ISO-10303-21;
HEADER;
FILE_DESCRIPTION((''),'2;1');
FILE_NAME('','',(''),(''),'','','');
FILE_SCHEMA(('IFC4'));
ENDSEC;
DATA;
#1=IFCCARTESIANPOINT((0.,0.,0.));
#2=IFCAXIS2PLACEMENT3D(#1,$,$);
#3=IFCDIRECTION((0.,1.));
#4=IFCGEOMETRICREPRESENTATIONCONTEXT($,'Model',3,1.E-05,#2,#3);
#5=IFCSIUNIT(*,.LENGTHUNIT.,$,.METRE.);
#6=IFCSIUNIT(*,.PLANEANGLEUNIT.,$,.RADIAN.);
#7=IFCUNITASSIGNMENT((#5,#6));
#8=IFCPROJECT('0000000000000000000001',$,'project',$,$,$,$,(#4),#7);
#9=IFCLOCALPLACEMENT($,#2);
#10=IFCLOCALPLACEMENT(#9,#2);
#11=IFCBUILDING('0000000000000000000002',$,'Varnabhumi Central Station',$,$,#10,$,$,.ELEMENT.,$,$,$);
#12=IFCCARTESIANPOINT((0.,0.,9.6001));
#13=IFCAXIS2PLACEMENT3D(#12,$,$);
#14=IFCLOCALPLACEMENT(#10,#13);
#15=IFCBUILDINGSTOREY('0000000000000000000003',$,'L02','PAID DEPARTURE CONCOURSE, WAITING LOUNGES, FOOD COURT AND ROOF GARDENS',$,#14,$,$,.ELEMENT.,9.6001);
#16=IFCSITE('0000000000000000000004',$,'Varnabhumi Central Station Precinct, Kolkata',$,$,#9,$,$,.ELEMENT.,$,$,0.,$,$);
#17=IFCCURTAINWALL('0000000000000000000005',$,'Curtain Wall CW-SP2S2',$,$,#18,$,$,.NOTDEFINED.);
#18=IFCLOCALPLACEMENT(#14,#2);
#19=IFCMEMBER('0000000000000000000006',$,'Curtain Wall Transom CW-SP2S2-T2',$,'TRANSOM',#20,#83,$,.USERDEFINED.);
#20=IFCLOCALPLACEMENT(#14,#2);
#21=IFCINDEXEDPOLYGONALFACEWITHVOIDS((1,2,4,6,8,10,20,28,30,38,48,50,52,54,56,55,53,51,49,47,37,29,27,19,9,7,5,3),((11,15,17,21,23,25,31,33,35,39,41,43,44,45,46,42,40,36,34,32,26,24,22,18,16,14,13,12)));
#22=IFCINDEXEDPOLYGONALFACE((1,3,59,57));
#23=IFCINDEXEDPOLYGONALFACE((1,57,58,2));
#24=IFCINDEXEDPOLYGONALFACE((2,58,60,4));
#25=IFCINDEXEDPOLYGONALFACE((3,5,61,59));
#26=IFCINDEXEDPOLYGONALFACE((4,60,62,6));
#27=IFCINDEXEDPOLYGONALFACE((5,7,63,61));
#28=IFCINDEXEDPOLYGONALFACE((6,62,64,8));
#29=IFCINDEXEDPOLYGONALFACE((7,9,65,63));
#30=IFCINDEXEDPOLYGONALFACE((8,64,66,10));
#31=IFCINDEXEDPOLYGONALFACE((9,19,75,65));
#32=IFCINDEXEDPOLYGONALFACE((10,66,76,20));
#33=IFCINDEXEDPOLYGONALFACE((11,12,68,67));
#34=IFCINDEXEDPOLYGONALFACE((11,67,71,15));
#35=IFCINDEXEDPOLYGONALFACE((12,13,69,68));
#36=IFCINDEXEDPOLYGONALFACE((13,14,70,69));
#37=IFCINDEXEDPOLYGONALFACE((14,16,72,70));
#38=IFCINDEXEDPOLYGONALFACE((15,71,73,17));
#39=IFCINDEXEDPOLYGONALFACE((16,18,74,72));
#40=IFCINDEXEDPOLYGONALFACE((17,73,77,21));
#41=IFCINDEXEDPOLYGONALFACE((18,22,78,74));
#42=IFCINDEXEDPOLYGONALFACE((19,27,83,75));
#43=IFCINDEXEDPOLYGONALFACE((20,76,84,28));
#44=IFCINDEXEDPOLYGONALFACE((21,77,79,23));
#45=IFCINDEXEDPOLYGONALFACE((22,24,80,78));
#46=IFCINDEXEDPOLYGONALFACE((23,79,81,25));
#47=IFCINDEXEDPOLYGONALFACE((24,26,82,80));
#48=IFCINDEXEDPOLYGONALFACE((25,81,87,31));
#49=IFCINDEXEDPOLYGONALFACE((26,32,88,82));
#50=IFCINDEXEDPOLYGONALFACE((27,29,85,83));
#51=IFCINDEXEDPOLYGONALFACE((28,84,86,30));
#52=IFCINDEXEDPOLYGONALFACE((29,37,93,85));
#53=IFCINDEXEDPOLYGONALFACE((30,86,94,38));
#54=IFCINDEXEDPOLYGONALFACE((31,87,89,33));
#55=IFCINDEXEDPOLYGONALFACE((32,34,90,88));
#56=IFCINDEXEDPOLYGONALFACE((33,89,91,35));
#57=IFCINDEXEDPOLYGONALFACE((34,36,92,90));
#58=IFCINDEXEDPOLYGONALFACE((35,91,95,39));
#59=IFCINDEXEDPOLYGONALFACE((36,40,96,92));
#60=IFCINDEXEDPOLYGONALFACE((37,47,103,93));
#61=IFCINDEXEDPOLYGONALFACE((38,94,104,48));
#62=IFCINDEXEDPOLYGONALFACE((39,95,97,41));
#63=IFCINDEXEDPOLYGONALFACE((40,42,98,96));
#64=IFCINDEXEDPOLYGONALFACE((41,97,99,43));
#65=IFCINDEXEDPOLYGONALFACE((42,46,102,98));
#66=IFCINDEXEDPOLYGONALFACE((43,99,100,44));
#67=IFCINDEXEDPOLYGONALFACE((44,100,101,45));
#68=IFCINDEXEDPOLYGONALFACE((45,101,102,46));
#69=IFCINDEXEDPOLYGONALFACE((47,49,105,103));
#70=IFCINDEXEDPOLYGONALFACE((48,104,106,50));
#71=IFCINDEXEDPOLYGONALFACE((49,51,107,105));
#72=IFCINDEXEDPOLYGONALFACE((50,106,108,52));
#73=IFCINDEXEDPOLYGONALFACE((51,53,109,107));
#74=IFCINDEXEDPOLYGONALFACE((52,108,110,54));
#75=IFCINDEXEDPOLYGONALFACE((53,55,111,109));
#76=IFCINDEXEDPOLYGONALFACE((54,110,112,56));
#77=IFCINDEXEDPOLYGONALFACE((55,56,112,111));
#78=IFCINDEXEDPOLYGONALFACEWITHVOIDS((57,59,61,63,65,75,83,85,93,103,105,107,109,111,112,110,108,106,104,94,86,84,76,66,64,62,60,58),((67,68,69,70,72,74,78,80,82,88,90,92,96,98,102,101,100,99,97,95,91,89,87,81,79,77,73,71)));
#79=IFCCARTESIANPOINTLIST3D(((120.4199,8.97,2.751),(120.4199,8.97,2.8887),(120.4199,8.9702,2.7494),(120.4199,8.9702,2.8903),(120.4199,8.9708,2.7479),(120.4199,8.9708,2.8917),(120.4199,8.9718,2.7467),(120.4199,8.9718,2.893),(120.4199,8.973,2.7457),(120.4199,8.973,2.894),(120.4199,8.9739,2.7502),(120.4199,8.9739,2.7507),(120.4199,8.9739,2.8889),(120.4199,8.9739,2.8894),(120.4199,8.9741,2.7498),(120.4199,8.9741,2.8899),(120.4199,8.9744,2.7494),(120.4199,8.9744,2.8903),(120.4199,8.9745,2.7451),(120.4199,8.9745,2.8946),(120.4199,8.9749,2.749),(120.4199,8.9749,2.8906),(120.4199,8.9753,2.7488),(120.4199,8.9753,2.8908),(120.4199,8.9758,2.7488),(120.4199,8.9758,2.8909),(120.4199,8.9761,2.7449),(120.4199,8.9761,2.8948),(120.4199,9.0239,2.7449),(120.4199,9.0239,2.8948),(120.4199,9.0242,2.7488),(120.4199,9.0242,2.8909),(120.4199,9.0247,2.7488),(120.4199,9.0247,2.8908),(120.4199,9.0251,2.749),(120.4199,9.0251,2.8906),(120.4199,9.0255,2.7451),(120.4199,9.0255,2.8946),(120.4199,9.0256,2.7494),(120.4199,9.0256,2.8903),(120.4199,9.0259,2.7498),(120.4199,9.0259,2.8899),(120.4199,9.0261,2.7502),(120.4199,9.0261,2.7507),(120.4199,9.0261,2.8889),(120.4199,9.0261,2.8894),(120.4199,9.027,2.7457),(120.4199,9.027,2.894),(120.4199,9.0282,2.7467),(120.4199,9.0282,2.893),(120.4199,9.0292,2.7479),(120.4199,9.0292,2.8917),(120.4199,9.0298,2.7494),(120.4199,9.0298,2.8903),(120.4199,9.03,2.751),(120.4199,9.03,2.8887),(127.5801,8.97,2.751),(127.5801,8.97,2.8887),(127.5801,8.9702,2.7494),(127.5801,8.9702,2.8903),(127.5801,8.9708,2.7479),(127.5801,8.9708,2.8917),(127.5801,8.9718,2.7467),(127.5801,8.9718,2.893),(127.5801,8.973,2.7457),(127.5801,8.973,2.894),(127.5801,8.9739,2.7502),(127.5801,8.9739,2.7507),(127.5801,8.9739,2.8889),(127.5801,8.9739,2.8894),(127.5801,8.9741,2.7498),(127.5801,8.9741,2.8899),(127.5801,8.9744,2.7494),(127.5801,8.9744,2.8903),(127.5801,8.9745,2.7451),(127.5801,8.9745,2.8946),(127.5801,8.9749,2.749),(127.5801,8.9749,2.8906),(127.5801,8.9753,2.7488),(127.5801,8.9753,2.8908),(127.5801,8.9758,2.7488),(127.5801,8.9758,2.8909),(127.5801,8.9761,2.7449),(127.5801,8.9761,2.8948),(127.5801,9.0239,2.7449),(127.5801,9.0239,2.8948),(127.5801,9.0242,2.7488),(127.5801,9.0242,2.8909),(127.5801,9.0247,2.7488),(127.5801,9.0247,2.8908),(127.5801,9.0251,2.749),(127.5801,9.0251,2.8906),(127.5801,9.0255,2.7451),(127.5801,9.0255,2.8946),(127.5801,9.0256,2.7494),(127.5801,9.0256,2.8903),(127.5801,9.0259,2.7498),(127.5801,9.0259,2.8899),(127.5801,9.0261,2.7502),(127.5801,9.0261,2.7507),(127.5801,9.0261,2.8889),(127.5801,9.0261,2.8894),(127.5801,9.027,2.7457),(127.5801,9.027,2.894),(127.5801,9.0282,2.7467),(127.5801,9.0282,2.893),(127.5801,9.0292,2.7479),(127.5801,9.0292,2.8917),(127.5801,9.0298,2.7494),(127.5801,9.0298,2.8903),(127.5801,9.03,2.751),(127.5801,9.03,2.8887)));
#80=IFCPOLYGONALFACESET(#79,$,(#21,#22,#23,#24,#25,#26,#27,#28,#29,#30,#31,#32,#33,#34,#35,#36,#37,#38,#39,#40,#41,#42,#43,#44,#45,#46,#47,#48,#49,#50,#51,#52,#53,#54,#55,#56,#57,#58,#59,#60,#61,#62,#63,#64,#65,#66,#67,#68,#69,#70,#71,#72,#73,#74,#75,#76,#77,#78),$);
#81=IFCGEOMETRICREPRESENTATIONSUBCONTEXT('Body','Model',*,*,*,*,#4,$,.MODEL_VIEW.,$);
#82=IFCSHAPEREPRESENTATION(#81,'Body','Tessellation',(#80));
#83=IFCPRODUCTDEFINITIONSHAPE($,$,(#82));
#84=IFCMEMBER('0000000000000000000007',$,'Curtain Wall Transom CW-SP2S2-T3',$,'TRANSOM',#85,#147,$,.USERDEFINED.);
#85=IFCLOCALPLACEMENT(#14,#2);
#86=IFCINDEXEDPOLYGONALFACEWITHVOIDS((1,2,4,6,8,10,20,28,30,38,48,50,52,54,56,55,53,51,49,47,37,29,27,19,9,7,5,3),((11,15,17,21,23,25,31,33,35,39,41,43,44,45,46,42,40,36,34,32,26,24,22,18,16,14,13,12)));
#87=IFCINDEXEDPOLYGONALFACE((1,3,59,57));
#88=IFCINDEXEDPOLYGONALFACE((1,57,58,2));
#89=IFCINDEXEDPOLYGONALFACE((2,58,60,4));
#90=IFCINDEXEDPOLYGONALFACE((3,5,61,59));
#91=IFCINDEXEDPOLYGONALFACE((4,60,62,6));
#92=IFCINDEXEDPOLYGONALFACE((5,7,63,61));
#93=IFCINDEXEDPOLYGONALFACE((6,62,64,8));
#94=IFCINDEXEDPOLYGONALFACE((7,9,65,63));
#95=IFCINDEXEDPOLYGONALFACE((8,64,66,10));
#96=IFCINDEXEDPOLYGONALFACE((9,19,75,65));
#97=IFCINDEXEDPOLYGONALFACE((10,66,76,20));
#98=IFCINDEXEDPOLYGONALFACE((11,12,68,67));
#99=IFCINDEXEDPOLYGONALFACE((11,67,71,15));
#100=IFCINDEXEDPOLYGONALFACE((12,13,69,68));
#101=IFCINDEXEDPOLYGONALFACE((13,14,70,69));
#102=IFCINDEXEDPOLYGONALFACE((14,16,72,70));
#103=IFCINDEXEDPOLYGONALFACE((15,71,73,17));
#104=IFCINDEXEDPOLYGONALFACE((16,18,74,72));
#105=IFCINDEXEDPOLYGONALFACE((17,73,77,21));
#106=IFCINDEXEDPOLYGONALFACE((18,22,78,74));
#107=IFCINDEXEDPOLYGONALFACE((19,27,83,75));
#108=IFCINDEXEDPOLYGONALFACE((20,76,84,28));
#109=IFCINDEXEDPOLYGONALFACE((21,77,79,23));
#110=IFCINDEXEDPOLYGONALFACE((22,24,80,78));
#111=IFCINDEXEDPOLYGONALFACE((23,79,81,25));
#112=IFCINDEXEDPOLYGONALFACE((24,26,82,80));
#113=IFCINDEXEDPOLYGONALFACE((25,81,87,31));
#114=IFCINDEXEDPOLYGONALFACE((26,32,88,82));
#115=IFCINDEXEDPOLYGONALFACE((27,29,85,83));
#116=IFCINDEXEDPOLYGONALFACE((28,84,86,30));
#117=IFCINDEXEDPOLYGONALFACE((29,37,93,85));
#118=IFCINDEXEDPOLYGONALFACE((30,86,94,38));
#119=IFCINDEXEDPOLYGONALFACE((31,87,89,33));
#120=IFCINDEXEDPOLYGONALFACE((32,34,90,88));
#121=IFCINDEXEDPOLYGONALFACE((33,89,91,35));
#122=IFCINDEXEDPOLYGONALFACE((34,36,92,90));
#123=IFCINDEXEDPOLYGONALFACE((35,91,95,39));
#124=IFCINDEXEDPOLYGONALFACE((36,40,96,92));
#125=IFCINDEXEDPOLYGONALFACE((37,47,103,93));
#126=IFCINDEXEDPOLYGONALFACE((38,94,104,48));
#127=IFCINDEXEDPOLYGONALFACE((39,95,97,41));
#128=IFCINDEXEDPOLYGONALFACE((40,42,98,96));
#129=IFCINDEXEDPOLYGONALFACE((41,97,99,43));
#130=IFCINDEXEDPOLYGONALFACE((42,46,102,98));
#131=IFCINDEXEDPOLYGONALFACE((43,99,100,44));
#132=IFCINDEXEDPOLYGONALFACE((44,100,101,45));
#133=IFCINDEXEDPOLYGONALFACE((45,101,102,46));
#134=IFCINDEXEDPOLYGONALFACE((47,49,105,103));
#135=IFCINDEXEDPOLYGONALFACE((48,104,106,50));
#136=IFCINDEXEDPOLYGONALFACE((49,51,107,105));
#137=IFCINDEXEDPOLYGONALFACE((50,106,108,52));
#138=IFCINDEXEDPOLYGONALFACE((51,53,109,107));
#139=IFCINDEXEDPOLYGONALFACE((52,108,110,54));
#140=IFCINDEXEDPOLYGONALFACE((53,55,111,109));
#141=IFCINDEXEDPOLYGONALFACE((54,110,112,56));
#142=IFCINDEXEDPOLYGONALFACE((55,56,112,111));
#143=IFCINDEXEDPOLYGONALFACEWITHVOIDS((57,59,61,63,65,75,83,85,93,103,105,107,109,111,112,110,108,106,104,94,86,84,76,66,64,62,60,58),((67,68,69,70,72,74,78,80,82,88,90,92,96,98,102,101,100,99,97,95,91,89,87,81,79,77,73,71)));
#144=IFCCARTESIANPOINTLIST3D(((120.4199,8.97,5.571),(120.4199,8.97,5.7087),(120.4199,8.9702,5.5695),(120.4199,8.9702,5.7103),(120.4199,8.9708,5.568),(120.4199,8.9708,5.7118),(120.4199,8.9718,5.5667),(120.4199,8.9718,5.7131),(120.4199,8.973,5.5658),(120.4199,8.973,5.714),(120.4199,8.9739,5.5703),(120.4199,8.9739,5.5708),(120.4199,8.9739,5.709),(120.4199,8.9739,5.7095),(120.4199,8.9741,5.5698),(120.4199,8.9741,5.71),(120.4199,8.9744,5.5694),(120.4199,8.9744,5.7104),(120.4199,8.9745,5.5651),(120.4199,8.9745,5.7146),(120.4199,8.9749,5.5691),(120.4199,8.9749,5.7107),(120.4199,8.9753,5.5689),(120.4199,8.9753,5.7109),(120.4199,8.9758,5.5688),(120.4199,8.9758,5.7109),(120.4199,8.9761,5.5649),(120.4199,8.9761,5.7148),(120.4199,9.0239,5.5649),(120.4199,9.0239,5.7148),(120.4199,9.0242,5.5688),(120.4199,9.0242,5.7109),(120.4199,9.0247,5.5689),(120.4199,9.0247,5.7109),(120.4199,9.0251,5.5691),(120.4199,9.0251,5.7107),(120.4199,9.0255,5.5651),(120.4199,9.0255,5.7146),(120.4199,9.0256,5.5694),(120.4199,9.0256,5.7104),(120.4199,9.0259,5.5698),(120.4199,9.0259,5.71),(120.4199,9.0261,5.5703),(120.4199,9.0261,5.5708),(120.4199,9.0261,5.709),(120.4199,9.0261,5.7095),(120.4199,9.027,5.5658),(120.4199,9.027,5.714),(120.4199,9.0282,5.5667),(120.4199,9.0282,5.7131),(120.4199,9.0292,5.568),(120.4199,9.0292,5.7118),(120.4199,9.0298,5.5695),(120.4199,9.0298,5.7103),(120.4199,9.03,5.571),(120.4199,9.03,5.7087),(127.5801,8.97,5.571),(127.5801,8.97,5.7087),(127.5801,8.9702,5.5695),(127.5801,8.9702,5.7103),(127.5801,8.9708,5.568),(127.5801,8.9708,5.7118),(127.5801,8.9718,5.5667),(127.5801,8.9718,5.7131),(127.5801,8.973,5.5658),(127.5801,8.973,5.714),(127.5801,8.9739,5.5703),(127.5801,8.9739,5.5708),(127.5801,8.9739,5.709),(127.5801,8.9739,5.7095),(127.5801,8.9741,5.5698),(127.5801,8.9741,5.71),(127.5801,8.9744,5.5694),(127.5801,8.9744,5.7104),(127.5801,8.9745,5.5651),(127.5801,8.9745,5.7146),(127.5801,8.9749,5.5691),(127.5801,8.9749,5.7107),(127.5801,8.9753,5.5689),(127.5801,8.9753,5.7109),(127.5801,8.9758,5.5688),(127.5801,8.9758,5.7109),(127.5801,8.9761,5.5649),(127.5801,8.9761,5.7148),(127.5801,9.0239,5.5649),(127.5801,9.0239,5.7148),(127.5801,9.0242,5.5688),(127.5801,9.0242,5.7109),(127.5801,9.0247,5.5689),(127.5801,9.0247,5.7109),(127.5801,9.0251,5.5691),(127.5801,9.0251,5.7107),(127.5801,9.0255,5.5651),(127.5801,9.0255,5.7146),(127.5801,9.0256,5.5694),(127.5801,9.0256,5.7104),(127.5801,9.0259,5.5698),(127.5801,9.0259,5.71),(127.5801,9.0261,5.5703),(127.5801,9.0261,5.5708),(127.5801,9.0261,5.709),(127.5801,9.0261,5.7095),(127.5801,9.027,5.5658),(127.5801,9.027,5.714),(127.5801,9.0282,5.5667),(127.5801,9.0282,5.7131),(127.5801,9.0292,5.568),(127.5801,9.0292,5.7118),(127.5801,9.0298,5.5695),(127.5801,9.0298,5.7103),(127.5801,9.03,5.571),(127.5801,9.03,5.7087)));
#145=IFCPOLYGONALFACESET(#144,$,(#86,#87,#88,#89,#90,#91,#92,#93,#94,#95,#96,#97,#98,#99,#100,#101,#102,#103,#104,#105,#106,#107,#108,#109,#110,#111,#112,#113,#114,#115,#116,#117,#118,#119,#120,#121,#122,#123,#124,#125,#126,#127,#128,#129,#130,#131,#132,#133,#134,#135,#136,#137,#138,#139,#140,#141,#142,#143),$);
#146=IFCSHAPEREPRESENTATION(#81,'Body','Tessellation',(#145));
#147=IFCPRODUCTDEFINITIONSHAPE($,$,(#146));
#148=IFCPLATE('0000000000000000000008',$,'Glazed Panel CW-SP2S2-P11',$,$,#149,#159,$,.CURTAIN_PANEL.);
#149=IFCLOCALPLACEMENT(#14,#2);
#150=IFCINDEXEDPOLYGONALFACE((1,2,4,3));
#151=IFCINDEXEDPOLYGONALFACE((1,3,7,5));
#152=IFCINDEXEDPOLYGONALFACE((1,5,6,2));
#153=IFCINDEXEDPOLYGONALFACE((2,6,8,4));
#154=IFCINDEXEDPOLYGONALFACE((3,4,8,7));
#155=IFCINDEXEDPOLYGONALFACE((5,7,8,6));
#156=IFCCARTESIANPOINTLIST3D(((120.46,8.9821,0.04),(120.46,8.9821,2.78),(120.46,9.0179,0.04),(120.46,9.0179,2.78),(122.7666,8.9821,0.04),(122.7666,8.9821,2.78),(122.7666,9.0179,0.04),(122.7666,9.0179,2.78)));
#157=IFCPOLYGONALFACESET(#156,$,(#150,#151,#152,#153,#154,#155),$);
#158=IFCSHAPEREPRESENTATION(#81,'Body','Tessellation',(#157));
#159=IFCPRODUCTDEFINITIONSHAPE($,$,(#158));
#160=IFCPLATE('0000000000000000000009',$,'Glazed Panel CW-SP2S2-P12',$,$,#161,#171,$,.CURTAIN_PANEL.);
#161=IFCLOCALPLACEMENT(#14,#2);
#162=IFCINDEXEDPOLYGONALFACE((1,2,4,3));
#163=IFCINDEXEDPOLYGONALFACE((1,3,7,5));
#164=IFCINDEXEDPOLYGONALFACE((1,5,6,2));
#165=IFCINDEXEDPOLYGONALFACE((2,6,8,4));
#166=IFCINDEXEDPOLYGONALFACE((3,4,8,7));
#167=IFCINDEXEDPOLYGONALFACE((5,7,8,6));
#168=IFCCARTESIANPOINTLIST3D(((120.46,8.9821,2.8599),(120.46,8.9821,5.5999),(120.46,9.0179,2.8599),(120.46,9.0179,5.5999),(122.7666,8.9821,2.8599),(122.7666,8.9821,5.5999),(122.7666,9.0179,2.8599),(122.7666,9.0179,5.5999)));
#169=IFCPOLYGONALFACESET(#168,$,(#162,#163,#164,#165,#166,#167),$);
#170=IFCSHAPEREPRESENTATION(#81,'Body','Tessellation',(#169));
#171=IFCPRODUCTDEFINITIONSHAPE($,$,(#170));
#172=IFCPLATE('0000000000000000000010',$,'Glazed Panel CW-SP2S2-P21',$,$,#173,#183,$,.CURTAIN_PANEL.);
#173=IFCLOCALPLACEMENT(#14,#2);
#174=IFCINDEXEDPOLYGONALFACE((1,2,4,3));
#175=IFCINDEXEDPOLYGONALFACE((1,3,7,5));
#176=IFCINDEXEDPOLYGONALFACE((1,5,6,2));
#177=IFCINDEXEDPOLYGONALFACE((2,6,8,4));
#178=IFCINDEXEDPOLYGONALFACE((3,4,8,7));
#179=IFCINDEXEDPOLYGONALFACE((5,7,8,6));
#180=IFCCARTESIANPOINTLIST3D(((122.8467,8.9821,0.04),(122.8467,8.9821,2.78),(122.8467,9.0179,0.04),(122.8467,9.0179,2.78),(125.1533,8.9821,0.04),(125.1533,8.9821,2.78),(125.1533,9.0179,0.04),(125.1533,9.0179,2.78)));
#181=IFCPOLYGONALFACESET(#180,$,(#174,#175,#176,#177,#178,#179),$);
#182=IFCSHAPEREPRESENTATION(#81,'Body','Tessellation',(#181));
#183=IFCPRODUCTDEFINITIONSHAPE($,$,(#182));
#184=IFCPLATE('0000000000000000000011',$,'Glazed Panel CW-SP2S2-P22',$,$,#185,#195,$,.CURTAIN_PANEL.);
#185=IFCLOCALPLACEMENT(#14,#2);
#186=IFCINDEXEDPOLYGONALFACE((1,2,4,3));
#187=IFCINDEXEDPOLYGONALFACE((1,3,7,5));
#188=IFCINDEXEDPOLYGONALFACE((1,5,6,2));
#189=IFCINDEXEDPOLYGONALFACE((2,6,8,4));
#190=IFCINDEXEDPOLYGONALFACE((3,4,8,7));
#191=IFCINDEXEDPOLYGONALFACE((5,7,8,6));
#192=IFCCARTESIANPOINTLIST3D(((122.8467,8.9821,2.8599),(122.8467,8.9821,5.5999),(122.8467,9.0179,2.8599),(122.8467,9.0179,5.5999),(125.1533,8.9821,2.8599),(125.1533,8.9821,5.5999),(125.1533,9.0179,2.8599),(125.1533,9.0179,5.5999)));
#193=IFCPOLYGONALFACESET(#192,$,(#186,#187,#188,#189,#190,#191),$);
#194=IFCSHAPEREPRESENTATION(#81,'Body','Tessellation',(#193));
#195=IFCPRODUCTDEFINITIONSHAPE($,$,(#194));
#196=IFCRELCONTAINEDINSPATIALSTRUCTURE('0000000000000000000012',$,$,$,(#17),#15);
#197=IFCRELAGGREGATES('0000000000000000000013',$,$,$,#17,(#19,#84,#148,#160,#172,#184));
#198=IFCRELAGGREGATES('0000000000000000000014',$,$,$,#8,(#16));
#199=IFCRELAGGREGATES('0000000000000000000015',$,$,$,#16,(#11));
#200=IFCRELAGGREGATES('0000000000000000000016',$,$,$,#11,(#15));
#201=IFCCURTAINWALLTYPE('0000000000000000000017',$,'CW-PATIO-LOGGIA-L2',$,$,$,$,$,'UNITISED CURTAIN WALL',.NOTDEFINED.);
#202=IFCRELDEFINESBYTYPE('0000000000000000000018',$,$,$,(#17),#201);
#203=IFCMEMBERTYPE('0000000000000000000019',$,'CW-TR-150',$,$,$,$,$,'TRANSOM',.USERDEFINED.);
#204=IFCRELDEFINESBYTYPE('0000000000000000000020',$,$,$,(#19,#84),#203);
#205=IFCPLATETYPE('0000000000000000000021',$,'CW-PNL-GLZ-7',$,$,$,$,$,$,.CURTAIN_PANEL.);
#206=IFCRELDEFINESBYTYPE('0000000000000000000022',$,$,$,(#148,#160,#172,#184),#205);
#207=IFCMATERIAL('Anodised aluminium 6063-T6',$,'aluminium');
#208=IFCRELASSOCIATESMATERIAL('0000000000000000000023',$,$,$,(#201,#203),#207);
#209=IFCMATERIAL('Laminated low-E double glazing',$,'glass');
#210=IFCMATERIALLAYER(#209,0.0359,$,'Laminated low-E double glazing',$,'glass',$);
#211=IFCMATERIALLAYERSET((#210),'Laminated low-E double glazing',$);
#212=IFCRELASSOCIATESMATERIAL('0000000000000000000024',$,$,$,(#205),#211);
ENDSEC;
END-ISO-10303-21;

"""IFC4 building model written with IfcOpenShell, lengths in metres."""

from ifc_helpers import new_model, si_unit, direction, frame, origin, origin_2d, place, context, subcontext, project, spatial, rectangle, hollow_rectangle, extrude, material, layer, layer_set, material_profile, profile_set, type_object, element, aggregate, save


model = new_model("IFC4")

# Units and contexts
model_context = context("Model", 3, precision=1e-05, world=origin(), true_north=direction((0.0, 1.0)))
body_context = subcontext(model_context, "Body", "Model", "MODEL_VIEW")
ifc_project = project(units=[si_unit("LENGTHUNIT", "METRE"), si_unit("PLANEANGLEUNIT", "RADIAN")], contexts=[model_context])

# Site, building, storey
site_placement = place(None, origin())
site = spatial("IfcSite", under=ifc_project, at=site_placement, Name="Varnabhumi Central Station Precinct, Kolkata", CompositionType="ELEMENT", RefElevation=0.0)
building_placement = place(site_placement, origin())
building = spatial("IfcBuilding", under=site, at=building_placement, Name="Varnabhumi Central Station", CompositionType="ELEMENT")
storey_placement = place(building_placement, frame((0.0, 0.0, 9.6001)))
storey = spatial("IfcBuildingStorey", under=building, at=storey_placement, Name="L02", Description="PAID DEPARTURE CONCOURSE, WAITING LOUNGES, FOOD COURT AND ROOF GARDENS", CompositionType="ELEMENT", Elevation=9.6001)

# Curtain wall
ifc_material_1 = material(Name="Anodised aluminium 6063-T6", Category="aluminium")
curtain_wall_type = type_object("IfcCurtainWallType", Name="CW-PATIO-LOGGIA-L2", ElementType="UNITISED CURTAIN WALL", PredefinedType="NOTDEFINED", material=ifc_material_1)
curtain_wall_1_placement = place(storey_placement, origin())
curtain_wall_1 = element("IfcCurtainWall", 1, at=curtain_wall_1_placement, inside=storey, type_object=curtain_wall_type, Name="Curtain Wall CW-SP2S2", PredefinedType="NOTDEFINED")

# Members
ifc_material_profile_1 = material_profile(ifc_material_1, hollow_rectangle(XDim=0.0601, YDim=0.1499, WallThickness=0.0039, InnerFilletRadius=0.002, OuterFilletRadius=0.0061, at=origin_2d()), Name="Anodised aluminium 6063-T6", Category="aluminium")
ifc_profile_set_1 = profile_set([ifc_material_profile_1], Name="Anodised aluminium 6063-T6")
member_type_1 = type_object("IfcMemberType", Name="CW-TR-150", ElementType="TRANSOM", PredefinedType="USERDEFINED", material=ifc_profile_set_1)
member_1_placement = place(storey_placement, frame((120.4199, 9.0, 2.8198), z_axis=(1.0, 0.0, 0.0), x_axis=(0.0, 1.0, 0.0)))
member_1 = element("IfcMember", 2, at=member_1_placement, type_object=member_type_1, Name="Curtain Wall Transom CW-SP2S2-T2", ObjectType="TRANSOM", PredefinedType="USERDEFINED", context=body_context, shape_type="SweptSolid", body=[
    extrude(hollow_rectangle(XDim=0.0601, YDim=0.1499, WallThickness=0.0039, InnerFilletRadius=0.002, OuterFilletRadius=0.0061, at=origin_2d()), origin(), (0.0, 0.0, 1.0), 7.1602),
])
member_2_placement = place(storey_placement, frame((120.4199, 9.0, 5.6399), z_axis=(1.0, 0.0, 0.0), x_axis=(0.0, 1.0, 0.0)))
member_2 = element("IfcMember", 3, at=member_2_placement, type_object=member_type_1, Name="Curtain Wall Transom CW-SP2S2-T3", ObjectType="TRANSOM", PredefinedType="USERDEFINED", context=body_context, shape_type="SweptSolid", body=[
    extrude(hollow_rectangle(XDim=0.0601, YDim=0.1499, WallThickness=0.0039, InnerFilletRadius=0.002, OuterFilletRadius=0.0061, at=origin_2d()), origin(), (0.0, 0.0, 1.0), 7.1602),
])

# Plates
ifc_material_2 = material(Name="Laminated low-E double glazing", Category="glass")
ifc_layer_1 = layer(ifc_material_2, 0.0359, Name="Laminated low-E double glazing", Category="glass")
ifc_layer_set_1 = layer_set([ifc_layer_1], Name="Laminated low-E double glazing")
plate_type = type_object("IfcPlateType", Name="CW-PNL-GLZ-7", PredefinedType="CURTAIN_PANEL", material=ifc_layer_set_1)
plate_1_placement = place(storey_placement, frame((121.6133, 9.0, 0.04), z_axis=(0.0, 0.0, 1.0), x_axis=(1.0, 0.0, 0.0)))
plate_1 = element("IfcPlate", 4, at=plate_1_placement, type_object=plate_type, Name="Glazed Panel CW-SP2S2-P11", PredefinedType="CURTAIN_PANEL", context=body_context, shape_type="SweptSolid", body=[
    extrude(rectangle(XDim=2.3066, YDim=0.0359, at=origin_2d()), origin(), (0.0, 0.0, 1.0), 2.74),
])
plate_2_placement = place(storey_placement, frame((121.6133, 9.0, 2.8599), z_axis=(0.0, 0.0, 1.0), x_axis=(1.0, 0.0, 0.0)))
plate_2 = element("IfcPlate", 5, at=plate_2_placement, type_object=plate_type, Name="Glazed Panel CW-SP2S2-P12", PredefinedType="CURTAIN_PANEL", context=body_context, shape_type="SweptSolid", body=[
    extrude(rectangle(XDim=2.3066, YDim=0.0359, at=origin_2d()), origin(), (0.0, 0.0, 1.0), 2.74),
])
plate_3_placement = place(storey_placement, frame((124.0, 9.0, 0.04), z_axis=(0.0, 0.0, 1.0), x_axis=(1.0, 0.0, 0.0)))
plate_3 = element("IfcPlate", 6, at=plate_3_placement, type_object=plate_type, Name="Glazed Panel CW-SP2S2-P21", PredefinedType="CURTAIN_PANEL", context=body_context, shape_type="SweptSolid", body=[
    extrude(rectangle(XDim=2.3066, YDim=0.0359, at=origin_2d()), origin(), (0.0, 0.0, 1.0), 2.74),
])
plate_4_placement = place(storey_placement, frame((124.0, 9.0, 2.8599), z_axis=(0.0, 0.0, 1.0), x_axis=(1.0, 0.0, 0.0)))
plate_4 = element("IfcPlate", 7, at=plate_4_placement, type_object=plate_type, Name="Glazed Panel CW-SP2S2-P22", PredefinedType="CURTAIN_PANEL", context=body_context, shape_type="SweptSolid", body=[
    extrude(rectangle(XDim=2.3066, YDim=0.0359, at=origin_2d()), origin(), (0.0, 0.0, 1.0), 2.74),
])
aggregate(curtain_wall_1, [member_1, member_2, plate_1, plate_2, plate_3, plate_4])

save(model, "model.ifc")
